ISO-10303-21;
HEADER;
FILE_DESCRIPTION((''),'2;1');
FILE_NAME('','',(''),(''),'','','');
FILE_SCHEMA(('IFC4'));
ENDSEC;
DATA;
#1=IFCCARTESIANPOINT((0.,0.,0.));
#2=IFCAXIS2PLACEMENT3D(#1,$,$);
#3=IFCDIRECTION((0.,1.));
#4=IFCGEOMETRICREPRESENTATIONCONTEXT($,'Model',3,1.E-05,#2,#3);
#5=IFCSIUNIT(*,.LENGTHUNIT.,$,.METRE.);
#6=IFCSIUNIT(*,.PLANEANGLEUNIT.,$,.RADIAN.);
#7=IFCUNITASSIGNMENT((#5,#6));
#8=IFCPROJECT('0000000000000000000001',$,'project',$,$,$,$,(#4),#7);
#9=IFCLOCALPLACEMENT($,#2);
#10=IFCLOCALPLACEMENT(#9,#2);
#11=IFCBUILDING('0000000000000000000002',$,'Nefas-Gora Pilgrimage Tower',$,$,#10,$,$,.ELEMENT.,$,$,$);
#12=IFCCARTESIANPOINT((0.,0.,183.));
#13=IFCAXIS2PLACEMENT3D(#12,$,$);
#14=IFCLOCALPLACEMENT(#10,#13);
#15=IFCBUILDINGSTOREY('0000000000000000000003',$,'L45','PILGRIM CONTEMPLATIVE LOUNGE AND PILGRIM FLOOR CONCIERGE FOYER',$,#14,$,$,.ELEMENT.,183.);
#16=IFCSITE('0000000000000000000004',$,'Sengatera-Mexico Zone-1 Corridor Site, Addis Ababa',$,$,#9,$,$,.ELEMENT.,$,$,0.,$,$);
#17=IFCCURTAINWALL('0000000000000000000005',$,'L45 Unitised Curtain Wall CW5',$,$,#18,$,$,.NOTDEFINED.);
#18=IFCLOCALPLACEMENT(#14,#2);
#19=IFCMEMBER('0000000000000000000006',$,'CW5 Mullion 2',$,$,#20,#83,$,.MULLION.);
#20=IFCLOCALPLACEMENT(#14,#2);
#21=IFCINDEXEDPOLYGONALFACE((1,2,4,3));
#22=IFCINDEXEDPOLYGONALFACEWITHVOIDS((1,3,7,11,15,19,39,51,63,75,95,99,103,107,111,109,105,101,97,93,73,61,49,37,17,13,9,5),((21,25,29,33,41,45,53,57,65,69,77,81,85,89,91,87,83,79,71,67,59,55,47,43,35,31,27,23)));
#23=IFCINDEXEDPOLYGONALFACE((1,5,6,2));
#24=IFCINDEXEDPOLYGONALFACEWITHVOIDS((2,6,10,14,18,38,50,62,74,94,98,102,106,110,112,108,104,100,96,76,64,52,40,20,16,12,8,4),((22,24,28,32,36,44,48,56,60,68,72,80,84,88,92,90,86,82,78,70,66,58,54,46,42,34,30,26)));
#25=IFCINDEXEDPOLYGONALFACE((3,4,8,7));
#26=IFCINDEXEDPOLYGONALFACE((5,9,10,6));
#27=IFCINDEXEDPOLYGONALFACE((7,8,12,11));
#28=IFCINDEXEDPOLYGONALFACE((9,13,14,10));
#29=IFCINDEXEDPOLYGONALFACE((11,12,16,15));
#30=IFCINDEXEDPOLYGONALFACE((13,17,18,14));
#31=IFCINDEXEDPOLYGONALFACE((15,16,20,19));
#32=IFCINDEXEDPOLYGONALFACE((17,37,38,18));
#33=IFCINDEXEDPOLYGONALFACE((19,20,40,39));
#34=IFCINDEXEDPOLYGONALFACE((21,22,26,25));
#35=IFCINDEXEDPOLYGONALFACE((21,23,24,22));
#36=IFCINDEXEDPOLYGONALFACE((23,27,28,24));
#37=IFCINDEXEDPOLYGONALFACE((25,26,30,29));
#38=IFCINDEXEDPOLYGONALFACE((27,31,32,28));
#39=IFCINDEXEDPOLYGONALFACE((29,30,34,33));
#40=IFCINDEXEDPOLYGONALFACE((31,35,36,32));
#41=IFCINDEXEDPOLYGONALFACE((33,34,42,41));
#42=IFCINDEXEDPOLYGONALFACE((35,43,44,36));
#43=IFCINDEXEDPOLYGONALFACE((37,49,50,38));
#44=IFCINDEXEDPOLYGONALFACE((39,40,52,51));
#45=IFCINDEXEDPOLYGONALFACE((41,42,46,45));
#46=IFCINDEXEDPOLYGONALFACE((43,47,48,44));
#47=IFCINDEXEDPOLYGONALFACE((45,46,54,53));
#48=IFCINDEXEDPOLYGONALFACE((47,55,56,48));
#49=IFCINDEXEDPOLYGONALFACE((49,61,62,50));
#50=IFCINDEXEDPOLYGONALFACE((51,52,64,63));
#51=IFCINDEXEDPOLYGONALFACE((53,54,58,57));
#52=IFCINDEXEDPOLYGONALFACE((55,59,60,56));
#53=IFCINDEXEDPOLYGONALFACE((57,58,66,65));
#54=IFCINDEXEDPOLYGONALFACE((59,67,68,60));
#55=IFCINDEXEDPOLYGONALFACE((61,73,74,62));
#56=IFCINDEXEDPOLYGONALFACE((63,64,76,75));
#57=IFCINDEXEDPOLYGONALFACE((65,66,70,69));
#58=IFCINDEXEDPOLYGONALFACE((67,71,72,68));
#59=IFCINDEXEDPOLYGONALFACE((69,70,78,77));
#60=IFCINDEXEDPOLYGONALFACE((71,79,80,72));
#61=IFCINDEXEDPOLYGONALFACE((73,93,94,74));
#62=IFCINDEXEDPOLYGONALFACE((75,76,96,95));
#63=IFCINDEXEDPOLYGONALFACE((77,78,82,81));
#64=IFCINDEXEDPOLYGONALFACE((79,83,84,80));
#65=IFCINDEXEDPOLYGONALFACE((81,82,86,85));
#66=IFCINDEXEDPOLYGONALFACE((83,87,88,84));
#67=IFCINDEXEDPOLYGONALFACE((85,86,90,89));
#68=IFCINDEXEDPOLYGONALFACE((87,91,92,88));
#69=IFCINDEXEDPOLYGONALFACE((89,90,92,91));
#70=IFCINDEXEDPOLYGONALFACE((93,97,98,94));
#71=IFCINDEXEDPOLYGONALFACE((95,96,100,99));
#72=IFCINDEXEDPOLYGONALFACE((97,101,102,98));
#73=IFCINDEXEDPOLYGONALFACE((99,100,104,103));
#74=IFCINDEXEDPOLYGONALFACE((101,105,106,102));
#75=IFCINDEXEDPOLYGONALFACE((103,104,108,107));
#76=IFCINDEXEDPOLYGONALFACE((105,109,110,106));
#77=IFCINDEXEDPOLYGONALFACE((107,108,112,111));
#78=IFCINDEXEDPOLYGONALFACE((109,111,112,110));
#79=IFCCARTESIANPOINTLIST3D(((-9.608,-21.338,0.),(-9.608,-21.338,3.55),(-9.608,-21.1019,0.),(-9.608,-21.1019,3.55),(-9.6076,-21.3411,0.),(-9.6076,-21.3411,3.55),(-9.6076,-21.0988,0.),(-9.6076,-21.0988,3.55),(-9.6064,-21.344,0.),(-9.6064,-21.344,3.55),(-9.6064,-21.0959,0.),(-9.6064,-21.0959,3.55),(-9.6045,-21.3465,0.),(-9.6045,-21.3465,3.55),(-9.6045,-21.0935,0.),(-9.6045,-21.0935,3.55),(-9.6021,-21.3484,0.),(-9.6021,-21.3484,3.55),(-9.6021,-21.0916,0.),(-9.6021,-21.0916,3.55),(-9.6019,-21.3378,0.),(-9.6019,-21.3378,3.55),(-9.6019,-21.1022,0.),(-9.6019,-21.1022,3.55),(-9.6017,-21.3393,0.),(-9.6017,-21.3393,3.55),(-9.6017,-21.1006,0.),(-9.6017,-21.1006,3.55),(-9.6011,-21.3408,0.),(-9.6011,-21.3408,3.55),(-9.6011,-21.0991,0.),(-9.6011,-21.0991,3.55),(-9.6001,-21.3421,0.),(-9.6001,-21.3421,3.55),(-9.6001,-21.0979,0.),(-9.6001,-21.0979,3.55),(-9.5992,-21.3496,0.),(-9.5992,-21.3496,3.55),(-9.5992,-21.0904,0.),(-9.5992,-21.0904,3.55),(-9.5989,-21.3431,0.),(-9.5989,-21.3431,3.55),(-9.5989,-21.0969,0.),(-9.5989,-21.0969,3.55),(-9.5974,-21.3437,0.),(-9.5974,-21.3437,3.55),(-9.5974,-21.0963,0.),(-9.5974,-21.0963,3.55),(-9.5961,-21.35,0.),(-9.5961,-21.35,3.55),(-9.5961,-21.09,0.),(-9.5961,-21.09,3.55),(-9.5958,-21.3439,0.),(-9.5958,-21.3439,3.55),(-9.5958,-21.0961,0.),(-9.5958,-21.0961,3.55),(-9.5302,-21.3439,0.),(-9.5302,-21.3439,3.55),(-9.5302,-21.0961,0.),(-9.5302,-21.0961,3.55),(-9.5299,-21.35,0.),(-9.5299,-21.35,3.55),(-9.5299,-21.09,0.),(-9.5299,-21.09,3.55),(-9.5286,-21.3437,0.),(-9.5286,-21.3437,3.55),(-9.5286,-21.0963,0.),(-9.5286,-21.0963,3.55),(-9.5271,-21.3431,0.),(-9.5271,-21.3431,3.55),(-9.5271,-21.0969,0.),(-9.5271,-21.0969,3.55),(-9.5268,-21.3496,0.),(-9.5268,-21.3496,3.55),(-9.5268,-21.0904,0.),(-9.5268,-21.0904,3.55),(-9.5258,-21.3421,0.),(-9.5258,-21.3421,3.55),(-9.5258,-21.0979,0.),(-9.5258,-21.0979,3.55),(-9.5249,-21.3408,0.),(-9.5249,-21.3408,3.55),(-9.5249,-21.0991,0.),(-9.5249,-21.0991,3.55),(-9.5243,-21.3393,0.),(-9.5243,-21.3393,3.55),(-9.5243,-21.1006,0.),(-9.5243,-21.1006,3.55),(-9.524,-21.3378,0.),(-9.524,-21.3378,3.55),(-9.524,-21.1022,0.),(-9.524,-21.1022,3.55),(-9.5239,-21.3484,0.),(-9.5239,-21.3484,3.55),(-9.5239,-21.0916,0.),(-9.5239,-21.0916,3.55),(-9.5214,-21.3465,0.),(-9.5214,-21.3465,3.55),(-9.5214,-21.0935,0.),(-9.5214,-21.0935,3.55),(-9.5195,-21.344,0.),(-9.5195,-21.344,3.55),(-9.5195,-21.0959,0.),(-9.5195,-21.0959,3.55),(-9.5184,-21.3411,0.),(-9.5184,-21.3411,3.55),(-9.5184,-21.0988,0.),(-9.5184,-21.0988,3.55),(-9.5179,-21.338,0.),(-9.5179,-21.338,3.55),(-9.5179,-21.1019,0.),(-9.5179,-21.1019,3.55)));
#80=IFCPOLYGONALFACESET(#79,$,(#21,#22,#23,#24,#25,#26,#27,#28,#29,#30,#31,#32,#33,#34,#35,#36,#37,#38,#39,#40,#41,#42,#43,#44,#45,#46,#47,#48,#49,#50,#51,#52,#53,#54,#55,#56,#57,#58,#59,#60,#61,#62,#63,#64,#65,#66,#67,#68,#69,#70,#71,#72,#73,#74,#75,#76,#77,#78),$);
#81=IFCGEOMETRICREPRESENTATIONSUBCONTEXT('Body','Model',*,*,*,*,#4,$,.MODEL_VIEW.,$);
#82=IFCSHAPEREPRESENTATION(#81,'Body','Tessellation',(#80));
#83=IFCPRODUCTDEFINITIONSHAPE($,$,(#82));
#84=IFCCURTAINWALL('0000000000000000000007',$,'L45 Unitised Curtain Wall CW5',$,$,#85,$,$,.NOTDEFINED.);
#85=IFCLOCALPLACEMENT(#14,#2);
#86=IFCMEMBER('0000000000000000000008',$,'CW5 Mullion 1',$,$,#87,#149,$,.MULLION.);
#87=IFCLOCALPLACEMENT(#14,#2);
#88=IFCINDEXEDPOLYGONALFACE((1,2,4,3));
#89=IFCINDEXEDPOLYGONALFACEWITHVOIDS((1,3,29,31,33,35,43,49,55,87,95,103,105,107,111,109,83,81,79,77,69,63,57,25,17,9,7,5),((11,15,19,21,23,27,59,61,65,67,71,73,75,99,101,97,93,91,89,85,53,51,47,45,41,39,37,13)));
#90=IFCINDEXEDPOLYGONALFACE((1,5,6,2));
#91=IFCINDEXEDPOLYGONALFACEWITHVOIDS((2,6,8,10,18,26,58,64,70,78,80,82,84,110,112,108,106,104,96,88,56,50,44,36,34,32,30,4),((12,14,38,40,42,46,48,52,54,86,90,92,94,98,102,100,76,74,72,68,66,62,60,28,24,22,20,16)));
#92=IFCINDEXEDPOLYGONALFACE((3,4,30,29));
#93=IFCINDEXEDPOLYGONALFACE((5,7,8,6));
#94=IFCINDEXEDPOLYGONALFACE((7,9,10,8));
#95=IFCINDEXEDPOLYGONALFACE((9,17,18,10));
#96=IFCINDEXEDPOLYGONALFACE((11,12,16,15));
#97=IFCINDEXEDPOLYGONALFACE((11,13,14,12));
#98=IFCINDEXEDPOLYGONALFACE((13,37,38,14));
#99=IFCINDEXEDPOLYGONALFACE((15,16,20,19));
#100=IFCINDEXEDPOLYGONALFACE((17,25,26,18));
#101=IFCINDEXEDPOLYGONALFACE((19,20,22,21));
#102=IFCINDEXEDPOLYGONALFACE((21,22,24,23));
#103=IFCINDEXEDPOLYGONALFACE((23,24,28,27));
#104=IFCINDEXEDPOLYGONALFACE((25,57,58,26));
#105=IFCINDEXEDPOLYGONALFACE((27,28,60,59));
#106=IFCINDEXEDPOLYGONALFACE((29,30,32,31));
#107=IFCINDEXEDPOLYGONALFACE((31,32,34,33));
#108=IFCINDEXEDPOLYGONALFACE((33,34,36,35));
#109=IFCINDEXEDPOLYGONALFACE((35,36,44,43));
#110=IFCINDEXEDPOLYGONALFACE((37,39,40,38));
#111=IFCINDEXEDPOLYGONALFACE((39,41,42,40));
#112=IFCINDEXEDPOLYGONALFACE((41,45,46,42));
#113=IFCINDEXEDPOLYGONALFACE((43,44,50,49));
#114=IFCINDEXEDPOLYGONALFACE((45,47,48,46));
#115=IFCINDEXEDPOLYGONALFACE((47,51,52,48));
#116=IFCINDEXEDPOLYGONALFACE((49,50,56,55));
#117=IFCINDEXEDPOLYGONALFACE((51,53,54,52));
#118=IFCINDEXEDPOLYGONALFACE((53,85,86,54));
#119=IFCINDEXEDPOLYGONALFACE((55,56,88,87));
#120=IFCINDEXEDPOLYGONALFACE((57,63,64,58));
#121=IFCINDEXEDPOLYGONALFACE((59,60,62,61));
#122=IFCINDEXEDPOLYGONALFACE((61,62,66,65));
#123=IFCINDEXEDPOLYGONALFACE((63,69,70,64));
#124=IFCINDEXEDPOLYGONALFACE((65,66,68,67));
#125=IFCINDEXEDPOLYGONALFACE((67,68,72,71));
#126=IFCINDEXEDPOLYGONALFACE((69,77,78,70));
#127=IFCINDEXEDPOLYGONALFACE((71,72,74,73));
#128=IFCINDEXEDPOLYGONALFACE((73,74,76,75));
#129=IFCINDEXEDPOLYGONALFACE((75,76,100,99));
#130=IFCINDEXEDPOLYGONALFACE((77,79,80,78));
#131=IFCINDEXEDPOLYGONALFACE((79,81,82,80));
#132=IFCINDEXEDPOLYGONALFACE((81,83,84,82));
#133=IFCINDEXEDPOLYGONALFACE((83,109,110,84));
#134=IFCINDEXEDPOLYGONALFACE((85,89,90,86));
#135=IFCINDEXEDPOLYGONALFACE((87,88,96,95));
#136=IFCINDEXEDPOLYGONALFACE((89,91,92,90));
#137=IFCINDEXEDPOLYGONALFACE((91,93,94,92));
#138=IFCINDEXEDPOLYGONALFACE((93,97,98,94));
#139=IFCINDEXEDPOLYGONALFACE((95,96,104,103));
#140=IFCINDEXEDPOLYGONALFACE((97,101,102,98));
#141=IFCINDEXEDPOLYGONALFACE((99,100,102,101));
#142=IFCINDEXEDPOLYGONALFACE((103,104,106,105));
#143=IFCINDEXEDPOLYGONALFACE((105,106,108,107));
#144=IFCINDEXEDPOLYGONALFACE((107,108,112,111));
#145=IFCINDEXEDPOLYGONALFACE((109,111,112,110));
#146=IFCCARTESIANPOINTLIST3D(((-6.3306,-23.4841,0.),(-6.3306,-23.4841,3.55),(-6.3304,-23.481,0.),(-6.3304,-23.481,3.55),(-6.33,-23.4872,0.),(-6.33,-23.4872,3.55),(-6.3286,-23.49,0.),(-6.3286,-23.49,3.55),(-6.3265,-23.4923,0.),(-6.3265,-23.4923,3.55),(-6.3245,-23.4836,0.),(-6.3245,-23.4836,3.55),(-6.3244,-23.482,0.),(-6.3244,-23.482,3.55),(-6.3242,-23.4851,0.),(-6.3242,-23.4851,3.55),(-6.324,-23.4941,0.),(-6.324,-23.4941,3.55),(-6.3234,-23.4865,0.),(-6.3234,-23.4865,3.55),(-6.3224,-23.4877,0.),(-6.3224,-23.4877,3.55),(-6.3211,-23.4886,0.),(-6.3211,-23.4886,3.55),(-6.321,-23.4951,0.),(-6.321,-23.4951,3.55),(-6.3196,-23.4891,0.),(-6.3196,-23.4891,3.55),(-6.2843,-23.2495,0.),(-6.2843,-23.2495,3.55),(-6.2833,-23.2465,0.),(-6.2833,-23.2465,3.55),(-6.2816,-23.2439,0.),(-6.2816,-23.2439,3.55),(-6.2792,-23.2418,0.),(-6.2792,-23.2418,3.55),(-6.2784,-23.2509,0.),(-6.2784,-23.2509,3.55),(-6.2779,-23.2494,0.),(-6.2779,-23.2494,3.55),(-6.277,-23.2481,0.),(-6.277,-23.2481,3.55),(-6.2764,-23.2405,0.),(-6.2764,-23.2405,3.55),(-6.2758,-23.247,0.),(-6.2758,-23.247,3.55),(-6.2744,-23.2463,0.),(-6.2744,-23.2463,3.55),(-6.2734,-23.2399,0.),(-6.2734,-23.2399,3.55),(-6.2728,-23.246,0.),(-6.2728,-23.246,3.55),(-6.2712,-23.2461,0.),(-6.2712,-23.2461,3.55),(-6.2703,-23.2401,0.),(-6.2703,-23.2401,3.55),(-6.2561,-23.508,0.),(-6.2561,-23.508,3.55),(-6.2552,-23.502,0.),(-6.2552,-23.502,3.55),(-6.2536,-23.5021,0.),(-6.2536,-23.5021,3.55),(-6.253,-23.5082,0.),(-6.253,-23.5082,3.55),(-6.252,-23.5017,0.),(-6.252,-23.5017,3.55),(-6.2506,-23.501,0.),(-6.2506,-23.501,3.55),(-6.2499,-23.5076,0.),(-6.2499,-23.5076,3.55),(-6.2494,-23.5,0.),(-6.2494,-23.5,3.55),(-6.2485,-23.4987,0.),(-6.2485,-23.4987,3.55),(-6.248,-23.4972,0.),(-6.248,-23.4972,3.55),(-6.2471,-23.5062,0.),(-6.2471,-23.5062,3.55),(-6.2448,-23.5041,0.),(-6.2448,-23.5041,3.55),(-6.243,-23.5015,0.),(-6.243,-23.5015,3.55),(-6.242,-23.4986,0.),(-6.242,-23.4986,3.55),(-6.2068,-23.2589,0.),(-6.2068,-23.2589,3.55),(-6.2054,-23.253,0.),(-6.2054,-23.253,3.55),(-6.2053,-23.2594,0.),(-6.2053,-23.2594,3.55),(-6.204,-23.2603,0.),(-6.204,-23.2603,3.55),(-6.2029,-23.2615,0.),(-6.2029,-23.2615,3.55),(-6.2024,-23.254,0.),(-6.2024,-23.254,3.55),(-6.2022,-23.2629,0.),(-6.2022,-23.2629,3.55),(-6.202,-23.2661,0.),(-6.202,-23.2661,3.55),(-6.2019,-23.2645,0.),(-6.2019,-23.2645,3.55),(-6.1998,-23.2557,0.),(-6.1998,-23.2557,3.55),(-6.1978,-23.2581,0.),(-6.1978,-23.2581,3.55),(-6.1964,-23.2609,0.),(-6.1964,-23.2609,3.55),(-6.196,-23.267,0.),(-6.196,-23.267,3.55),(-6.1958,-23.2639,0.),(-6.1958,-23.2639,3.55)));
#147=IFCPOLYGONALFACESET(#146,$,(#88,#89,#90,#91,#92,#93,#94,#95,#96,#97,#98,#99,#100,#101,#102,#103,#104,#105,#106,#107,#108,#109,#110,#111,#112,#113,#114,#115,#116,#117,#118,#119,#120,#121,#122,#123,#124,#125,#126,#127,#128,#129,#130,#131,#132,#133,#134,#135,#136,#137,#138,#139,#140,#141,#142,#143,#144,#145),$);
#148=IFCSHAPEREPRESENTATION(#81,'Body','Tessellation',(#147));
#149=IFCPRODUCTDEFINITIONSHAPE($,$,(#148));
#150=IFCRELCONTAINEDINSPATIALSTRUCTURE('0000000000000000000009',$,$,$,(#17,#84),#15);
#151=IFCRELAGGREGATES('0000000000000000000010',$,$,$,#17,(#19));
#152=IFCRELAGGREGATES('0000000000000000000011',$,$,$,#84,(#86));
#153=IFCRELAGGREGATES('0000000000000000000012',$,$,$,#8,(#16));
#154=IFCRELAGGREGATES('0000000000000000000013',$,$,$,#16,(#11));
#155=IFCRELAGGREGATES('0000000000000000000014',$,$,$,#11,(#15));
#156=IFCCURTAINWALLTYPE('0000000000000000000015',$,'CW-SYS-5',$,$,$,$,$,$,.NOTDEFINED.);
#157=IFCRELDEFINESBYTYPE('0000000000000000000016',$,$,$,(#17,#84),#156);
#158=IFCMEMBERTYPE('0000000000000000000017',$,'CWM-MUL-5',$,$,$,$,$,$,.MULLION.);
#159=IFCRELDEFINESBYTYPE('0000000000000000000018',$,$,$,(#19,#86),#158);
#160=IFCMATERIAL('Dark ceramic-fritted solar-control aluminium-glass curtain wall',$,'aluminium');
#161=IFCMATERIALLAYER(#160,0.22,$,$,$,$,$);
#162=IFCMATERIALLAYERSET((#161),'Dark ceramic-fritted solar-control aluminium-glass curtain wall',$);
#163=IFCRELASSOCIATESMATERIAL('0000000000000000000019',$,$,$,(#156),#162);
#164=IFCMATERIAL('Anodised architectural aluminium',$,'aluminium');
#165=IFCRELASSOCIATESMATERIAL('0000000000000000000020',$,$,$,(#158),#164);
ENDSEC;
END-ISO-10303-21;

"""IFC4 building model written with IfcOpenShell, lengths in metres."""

from ifc_helpers import new_model, si_unit, direction, frame, origin, origin_2d, place, context, subcontext, project, spatial, hollow_rectangle, extrude, source, transform, mapped, material, layer, layer_set, material_profile, profile_set, type_object, element, aggregate, save


model = new_model("IFC4")

# Units and contexts
model_context = context("Model", 3, precision=1e-05, world=origin(), true_north=direction((0.0, 1.0)))
body_context = subcontext(model_context, "Body", "Model", "MODEL_VIEW")
ifc_project = project(units=[si_unit("LENGTHUNIT", "METRE"), si_unit("PLANEANGLEUNIT", "RADIAN")], contexts=[model_context])

# Site, building, storey
site_placement = place(None, origin())
site = spatial("IfcSite", under=ifc_project, at=site_placement, Name="Sengatera-Mexico Zone-1 Corridor Site, Addis Ababa", CompositionType="ELEMENT", RefElevation=0.0)
building_placement = place(site_placement, origin())
building = spatial("IfcBuilding", under=site, at=building_placement, Name="Nefas-Gora Pilgrimage Tower", CompositionType="ELEMENT")
storey_placement = place(building_placement, frame((0.0, 0.0, 183.0)))
storey = spatial("IfcBuildingStorey", under=building, at=storey_placement, Name="L45", Description="PILGRIM CONTEMPLATIVE LOUNGE AND PILGRIM FLOOR CONCIERGE FOYER", CompositionType="ELEMENT", Elevation=183.0)

# Curtain wall, member
ifc_material_1 = material(Name="Dark ceramic-fritted solar-control aluminium-glass curtain wall", Category="aluminium")
ifc_layer_1 = layer(ifc_material_1, 0.22)
ifc_layer_set_1 = layer_set([ifc_layer_1], Name="Dark ceramic-fritted solar-control aluminium-glass curtain wall")
curtain_wall_type = type_object("IfcCurtainWallType", Name="CW-SYS-5", PredefinedType="NOTDEFINED", material=ifc_layer_set_1)
curtain_wall_1_placement = place(storey_placement, origin())
curtain_wall_1 = element("IfcCurtainWall", 1, at=curtain_wall_1_placement, inside=storey, type_object=curtain_wall_type, Name="L45 Unitised Curtain Wall CW5", PredefinedType="NOTDEFINED")
ifc_material_2 = material(Name="Anodised architectural aluminium", Category="aluminium")
ifc_material_profile_1 = material_profile(ifc_material_2, hollow_rectangle(XDim=0.0901, YDim=0.26, WallThickness=0.0061, InnerFilletRadius=0.0061, OuterFilletRadius=0.012, at=origin_2d()), Name="ALU MULLION 90x260")
ifc_profile_set_1 = profile_set([ifc_material_profile_1], Name="Anodised architectural aluminium")
member_type_1 = type_object("IfcMemberType", Name="CWM-MUL-5", PredefinedType="MULLION", material=ifc_profile_set_1)
shared_shape_1 = source(origin(), body_context, "Body", "SweptSolid", [
    extrude(hollow_rectangle(XDim=0.0901, YDim=0.26, WallThickness=0.0061, InnerFilletRadius=0.0061, OuterFilletRadius=0.012, at=origin_2d()), origin(), (0.0, 0.0, 1.0), 3.55),
])
member_1_placement = place(storey_placement, frame((-9.563, -21.22, 0.0), z_axis=(0.0, 0.0, 1.0), x_axis=(1.0, 0.0, 0.0)))
member_1 = element("IfcMember", 2, at=member_1_placement, type_object=member_type_1, Name="CW5 Mullion 2", PredefinedType="MULLION", context=body_context, shape_type="MappedRepresentation", body=[
    mapped(shared_shape_1, transform((0.0, 0.0, 0.0), x_axis=(1.0, 0.0, 0.0), y_axis=(0.0, 1.0, 0.0), z_axis=(0.0, 0.0, 1.0), scale=1.0)),
])
aggregate(curtain_wall_1, [member_1])

# Curtain wall, member
curtain_wall_2_placement = place(storey_placement, origin())
curtain_wall_2 = element("IfcCurtainWall", 3, at=curtain_wall_2_placement, inside=storey, type_object=curtain_wall_type, Name="L45 Unitised Curtain Wall CW5", PredefinedType="NOTDEFINED")
member_2_placement = place(storey_placement, frame((-6.2632, -23.374, 0.0), z_axis=(0.0, 0.0, 1.0), x_axis=(0.980783, -0.195102, 0.0)))
member_2 = element("IfcMember", 4, at=member_2_placement, type_object=member_type_1, Name="CW5 Mullion 1", PredefinedType="MULLION", context=body_context, shape_type="MappedRepresentation", body=[
    mapped(shared_shape_1, transform((0.0, 0.0, 0.0), x_axis=(1.0, 0.0, 0.0), y_axis=(0.0, 1.0, 0.0), z_axis=(0.0, 0.0, 1.0), scale=1.0)),
])

aggregate(curtain_wall_2, [member_2])

save(model, "model.ifc")
